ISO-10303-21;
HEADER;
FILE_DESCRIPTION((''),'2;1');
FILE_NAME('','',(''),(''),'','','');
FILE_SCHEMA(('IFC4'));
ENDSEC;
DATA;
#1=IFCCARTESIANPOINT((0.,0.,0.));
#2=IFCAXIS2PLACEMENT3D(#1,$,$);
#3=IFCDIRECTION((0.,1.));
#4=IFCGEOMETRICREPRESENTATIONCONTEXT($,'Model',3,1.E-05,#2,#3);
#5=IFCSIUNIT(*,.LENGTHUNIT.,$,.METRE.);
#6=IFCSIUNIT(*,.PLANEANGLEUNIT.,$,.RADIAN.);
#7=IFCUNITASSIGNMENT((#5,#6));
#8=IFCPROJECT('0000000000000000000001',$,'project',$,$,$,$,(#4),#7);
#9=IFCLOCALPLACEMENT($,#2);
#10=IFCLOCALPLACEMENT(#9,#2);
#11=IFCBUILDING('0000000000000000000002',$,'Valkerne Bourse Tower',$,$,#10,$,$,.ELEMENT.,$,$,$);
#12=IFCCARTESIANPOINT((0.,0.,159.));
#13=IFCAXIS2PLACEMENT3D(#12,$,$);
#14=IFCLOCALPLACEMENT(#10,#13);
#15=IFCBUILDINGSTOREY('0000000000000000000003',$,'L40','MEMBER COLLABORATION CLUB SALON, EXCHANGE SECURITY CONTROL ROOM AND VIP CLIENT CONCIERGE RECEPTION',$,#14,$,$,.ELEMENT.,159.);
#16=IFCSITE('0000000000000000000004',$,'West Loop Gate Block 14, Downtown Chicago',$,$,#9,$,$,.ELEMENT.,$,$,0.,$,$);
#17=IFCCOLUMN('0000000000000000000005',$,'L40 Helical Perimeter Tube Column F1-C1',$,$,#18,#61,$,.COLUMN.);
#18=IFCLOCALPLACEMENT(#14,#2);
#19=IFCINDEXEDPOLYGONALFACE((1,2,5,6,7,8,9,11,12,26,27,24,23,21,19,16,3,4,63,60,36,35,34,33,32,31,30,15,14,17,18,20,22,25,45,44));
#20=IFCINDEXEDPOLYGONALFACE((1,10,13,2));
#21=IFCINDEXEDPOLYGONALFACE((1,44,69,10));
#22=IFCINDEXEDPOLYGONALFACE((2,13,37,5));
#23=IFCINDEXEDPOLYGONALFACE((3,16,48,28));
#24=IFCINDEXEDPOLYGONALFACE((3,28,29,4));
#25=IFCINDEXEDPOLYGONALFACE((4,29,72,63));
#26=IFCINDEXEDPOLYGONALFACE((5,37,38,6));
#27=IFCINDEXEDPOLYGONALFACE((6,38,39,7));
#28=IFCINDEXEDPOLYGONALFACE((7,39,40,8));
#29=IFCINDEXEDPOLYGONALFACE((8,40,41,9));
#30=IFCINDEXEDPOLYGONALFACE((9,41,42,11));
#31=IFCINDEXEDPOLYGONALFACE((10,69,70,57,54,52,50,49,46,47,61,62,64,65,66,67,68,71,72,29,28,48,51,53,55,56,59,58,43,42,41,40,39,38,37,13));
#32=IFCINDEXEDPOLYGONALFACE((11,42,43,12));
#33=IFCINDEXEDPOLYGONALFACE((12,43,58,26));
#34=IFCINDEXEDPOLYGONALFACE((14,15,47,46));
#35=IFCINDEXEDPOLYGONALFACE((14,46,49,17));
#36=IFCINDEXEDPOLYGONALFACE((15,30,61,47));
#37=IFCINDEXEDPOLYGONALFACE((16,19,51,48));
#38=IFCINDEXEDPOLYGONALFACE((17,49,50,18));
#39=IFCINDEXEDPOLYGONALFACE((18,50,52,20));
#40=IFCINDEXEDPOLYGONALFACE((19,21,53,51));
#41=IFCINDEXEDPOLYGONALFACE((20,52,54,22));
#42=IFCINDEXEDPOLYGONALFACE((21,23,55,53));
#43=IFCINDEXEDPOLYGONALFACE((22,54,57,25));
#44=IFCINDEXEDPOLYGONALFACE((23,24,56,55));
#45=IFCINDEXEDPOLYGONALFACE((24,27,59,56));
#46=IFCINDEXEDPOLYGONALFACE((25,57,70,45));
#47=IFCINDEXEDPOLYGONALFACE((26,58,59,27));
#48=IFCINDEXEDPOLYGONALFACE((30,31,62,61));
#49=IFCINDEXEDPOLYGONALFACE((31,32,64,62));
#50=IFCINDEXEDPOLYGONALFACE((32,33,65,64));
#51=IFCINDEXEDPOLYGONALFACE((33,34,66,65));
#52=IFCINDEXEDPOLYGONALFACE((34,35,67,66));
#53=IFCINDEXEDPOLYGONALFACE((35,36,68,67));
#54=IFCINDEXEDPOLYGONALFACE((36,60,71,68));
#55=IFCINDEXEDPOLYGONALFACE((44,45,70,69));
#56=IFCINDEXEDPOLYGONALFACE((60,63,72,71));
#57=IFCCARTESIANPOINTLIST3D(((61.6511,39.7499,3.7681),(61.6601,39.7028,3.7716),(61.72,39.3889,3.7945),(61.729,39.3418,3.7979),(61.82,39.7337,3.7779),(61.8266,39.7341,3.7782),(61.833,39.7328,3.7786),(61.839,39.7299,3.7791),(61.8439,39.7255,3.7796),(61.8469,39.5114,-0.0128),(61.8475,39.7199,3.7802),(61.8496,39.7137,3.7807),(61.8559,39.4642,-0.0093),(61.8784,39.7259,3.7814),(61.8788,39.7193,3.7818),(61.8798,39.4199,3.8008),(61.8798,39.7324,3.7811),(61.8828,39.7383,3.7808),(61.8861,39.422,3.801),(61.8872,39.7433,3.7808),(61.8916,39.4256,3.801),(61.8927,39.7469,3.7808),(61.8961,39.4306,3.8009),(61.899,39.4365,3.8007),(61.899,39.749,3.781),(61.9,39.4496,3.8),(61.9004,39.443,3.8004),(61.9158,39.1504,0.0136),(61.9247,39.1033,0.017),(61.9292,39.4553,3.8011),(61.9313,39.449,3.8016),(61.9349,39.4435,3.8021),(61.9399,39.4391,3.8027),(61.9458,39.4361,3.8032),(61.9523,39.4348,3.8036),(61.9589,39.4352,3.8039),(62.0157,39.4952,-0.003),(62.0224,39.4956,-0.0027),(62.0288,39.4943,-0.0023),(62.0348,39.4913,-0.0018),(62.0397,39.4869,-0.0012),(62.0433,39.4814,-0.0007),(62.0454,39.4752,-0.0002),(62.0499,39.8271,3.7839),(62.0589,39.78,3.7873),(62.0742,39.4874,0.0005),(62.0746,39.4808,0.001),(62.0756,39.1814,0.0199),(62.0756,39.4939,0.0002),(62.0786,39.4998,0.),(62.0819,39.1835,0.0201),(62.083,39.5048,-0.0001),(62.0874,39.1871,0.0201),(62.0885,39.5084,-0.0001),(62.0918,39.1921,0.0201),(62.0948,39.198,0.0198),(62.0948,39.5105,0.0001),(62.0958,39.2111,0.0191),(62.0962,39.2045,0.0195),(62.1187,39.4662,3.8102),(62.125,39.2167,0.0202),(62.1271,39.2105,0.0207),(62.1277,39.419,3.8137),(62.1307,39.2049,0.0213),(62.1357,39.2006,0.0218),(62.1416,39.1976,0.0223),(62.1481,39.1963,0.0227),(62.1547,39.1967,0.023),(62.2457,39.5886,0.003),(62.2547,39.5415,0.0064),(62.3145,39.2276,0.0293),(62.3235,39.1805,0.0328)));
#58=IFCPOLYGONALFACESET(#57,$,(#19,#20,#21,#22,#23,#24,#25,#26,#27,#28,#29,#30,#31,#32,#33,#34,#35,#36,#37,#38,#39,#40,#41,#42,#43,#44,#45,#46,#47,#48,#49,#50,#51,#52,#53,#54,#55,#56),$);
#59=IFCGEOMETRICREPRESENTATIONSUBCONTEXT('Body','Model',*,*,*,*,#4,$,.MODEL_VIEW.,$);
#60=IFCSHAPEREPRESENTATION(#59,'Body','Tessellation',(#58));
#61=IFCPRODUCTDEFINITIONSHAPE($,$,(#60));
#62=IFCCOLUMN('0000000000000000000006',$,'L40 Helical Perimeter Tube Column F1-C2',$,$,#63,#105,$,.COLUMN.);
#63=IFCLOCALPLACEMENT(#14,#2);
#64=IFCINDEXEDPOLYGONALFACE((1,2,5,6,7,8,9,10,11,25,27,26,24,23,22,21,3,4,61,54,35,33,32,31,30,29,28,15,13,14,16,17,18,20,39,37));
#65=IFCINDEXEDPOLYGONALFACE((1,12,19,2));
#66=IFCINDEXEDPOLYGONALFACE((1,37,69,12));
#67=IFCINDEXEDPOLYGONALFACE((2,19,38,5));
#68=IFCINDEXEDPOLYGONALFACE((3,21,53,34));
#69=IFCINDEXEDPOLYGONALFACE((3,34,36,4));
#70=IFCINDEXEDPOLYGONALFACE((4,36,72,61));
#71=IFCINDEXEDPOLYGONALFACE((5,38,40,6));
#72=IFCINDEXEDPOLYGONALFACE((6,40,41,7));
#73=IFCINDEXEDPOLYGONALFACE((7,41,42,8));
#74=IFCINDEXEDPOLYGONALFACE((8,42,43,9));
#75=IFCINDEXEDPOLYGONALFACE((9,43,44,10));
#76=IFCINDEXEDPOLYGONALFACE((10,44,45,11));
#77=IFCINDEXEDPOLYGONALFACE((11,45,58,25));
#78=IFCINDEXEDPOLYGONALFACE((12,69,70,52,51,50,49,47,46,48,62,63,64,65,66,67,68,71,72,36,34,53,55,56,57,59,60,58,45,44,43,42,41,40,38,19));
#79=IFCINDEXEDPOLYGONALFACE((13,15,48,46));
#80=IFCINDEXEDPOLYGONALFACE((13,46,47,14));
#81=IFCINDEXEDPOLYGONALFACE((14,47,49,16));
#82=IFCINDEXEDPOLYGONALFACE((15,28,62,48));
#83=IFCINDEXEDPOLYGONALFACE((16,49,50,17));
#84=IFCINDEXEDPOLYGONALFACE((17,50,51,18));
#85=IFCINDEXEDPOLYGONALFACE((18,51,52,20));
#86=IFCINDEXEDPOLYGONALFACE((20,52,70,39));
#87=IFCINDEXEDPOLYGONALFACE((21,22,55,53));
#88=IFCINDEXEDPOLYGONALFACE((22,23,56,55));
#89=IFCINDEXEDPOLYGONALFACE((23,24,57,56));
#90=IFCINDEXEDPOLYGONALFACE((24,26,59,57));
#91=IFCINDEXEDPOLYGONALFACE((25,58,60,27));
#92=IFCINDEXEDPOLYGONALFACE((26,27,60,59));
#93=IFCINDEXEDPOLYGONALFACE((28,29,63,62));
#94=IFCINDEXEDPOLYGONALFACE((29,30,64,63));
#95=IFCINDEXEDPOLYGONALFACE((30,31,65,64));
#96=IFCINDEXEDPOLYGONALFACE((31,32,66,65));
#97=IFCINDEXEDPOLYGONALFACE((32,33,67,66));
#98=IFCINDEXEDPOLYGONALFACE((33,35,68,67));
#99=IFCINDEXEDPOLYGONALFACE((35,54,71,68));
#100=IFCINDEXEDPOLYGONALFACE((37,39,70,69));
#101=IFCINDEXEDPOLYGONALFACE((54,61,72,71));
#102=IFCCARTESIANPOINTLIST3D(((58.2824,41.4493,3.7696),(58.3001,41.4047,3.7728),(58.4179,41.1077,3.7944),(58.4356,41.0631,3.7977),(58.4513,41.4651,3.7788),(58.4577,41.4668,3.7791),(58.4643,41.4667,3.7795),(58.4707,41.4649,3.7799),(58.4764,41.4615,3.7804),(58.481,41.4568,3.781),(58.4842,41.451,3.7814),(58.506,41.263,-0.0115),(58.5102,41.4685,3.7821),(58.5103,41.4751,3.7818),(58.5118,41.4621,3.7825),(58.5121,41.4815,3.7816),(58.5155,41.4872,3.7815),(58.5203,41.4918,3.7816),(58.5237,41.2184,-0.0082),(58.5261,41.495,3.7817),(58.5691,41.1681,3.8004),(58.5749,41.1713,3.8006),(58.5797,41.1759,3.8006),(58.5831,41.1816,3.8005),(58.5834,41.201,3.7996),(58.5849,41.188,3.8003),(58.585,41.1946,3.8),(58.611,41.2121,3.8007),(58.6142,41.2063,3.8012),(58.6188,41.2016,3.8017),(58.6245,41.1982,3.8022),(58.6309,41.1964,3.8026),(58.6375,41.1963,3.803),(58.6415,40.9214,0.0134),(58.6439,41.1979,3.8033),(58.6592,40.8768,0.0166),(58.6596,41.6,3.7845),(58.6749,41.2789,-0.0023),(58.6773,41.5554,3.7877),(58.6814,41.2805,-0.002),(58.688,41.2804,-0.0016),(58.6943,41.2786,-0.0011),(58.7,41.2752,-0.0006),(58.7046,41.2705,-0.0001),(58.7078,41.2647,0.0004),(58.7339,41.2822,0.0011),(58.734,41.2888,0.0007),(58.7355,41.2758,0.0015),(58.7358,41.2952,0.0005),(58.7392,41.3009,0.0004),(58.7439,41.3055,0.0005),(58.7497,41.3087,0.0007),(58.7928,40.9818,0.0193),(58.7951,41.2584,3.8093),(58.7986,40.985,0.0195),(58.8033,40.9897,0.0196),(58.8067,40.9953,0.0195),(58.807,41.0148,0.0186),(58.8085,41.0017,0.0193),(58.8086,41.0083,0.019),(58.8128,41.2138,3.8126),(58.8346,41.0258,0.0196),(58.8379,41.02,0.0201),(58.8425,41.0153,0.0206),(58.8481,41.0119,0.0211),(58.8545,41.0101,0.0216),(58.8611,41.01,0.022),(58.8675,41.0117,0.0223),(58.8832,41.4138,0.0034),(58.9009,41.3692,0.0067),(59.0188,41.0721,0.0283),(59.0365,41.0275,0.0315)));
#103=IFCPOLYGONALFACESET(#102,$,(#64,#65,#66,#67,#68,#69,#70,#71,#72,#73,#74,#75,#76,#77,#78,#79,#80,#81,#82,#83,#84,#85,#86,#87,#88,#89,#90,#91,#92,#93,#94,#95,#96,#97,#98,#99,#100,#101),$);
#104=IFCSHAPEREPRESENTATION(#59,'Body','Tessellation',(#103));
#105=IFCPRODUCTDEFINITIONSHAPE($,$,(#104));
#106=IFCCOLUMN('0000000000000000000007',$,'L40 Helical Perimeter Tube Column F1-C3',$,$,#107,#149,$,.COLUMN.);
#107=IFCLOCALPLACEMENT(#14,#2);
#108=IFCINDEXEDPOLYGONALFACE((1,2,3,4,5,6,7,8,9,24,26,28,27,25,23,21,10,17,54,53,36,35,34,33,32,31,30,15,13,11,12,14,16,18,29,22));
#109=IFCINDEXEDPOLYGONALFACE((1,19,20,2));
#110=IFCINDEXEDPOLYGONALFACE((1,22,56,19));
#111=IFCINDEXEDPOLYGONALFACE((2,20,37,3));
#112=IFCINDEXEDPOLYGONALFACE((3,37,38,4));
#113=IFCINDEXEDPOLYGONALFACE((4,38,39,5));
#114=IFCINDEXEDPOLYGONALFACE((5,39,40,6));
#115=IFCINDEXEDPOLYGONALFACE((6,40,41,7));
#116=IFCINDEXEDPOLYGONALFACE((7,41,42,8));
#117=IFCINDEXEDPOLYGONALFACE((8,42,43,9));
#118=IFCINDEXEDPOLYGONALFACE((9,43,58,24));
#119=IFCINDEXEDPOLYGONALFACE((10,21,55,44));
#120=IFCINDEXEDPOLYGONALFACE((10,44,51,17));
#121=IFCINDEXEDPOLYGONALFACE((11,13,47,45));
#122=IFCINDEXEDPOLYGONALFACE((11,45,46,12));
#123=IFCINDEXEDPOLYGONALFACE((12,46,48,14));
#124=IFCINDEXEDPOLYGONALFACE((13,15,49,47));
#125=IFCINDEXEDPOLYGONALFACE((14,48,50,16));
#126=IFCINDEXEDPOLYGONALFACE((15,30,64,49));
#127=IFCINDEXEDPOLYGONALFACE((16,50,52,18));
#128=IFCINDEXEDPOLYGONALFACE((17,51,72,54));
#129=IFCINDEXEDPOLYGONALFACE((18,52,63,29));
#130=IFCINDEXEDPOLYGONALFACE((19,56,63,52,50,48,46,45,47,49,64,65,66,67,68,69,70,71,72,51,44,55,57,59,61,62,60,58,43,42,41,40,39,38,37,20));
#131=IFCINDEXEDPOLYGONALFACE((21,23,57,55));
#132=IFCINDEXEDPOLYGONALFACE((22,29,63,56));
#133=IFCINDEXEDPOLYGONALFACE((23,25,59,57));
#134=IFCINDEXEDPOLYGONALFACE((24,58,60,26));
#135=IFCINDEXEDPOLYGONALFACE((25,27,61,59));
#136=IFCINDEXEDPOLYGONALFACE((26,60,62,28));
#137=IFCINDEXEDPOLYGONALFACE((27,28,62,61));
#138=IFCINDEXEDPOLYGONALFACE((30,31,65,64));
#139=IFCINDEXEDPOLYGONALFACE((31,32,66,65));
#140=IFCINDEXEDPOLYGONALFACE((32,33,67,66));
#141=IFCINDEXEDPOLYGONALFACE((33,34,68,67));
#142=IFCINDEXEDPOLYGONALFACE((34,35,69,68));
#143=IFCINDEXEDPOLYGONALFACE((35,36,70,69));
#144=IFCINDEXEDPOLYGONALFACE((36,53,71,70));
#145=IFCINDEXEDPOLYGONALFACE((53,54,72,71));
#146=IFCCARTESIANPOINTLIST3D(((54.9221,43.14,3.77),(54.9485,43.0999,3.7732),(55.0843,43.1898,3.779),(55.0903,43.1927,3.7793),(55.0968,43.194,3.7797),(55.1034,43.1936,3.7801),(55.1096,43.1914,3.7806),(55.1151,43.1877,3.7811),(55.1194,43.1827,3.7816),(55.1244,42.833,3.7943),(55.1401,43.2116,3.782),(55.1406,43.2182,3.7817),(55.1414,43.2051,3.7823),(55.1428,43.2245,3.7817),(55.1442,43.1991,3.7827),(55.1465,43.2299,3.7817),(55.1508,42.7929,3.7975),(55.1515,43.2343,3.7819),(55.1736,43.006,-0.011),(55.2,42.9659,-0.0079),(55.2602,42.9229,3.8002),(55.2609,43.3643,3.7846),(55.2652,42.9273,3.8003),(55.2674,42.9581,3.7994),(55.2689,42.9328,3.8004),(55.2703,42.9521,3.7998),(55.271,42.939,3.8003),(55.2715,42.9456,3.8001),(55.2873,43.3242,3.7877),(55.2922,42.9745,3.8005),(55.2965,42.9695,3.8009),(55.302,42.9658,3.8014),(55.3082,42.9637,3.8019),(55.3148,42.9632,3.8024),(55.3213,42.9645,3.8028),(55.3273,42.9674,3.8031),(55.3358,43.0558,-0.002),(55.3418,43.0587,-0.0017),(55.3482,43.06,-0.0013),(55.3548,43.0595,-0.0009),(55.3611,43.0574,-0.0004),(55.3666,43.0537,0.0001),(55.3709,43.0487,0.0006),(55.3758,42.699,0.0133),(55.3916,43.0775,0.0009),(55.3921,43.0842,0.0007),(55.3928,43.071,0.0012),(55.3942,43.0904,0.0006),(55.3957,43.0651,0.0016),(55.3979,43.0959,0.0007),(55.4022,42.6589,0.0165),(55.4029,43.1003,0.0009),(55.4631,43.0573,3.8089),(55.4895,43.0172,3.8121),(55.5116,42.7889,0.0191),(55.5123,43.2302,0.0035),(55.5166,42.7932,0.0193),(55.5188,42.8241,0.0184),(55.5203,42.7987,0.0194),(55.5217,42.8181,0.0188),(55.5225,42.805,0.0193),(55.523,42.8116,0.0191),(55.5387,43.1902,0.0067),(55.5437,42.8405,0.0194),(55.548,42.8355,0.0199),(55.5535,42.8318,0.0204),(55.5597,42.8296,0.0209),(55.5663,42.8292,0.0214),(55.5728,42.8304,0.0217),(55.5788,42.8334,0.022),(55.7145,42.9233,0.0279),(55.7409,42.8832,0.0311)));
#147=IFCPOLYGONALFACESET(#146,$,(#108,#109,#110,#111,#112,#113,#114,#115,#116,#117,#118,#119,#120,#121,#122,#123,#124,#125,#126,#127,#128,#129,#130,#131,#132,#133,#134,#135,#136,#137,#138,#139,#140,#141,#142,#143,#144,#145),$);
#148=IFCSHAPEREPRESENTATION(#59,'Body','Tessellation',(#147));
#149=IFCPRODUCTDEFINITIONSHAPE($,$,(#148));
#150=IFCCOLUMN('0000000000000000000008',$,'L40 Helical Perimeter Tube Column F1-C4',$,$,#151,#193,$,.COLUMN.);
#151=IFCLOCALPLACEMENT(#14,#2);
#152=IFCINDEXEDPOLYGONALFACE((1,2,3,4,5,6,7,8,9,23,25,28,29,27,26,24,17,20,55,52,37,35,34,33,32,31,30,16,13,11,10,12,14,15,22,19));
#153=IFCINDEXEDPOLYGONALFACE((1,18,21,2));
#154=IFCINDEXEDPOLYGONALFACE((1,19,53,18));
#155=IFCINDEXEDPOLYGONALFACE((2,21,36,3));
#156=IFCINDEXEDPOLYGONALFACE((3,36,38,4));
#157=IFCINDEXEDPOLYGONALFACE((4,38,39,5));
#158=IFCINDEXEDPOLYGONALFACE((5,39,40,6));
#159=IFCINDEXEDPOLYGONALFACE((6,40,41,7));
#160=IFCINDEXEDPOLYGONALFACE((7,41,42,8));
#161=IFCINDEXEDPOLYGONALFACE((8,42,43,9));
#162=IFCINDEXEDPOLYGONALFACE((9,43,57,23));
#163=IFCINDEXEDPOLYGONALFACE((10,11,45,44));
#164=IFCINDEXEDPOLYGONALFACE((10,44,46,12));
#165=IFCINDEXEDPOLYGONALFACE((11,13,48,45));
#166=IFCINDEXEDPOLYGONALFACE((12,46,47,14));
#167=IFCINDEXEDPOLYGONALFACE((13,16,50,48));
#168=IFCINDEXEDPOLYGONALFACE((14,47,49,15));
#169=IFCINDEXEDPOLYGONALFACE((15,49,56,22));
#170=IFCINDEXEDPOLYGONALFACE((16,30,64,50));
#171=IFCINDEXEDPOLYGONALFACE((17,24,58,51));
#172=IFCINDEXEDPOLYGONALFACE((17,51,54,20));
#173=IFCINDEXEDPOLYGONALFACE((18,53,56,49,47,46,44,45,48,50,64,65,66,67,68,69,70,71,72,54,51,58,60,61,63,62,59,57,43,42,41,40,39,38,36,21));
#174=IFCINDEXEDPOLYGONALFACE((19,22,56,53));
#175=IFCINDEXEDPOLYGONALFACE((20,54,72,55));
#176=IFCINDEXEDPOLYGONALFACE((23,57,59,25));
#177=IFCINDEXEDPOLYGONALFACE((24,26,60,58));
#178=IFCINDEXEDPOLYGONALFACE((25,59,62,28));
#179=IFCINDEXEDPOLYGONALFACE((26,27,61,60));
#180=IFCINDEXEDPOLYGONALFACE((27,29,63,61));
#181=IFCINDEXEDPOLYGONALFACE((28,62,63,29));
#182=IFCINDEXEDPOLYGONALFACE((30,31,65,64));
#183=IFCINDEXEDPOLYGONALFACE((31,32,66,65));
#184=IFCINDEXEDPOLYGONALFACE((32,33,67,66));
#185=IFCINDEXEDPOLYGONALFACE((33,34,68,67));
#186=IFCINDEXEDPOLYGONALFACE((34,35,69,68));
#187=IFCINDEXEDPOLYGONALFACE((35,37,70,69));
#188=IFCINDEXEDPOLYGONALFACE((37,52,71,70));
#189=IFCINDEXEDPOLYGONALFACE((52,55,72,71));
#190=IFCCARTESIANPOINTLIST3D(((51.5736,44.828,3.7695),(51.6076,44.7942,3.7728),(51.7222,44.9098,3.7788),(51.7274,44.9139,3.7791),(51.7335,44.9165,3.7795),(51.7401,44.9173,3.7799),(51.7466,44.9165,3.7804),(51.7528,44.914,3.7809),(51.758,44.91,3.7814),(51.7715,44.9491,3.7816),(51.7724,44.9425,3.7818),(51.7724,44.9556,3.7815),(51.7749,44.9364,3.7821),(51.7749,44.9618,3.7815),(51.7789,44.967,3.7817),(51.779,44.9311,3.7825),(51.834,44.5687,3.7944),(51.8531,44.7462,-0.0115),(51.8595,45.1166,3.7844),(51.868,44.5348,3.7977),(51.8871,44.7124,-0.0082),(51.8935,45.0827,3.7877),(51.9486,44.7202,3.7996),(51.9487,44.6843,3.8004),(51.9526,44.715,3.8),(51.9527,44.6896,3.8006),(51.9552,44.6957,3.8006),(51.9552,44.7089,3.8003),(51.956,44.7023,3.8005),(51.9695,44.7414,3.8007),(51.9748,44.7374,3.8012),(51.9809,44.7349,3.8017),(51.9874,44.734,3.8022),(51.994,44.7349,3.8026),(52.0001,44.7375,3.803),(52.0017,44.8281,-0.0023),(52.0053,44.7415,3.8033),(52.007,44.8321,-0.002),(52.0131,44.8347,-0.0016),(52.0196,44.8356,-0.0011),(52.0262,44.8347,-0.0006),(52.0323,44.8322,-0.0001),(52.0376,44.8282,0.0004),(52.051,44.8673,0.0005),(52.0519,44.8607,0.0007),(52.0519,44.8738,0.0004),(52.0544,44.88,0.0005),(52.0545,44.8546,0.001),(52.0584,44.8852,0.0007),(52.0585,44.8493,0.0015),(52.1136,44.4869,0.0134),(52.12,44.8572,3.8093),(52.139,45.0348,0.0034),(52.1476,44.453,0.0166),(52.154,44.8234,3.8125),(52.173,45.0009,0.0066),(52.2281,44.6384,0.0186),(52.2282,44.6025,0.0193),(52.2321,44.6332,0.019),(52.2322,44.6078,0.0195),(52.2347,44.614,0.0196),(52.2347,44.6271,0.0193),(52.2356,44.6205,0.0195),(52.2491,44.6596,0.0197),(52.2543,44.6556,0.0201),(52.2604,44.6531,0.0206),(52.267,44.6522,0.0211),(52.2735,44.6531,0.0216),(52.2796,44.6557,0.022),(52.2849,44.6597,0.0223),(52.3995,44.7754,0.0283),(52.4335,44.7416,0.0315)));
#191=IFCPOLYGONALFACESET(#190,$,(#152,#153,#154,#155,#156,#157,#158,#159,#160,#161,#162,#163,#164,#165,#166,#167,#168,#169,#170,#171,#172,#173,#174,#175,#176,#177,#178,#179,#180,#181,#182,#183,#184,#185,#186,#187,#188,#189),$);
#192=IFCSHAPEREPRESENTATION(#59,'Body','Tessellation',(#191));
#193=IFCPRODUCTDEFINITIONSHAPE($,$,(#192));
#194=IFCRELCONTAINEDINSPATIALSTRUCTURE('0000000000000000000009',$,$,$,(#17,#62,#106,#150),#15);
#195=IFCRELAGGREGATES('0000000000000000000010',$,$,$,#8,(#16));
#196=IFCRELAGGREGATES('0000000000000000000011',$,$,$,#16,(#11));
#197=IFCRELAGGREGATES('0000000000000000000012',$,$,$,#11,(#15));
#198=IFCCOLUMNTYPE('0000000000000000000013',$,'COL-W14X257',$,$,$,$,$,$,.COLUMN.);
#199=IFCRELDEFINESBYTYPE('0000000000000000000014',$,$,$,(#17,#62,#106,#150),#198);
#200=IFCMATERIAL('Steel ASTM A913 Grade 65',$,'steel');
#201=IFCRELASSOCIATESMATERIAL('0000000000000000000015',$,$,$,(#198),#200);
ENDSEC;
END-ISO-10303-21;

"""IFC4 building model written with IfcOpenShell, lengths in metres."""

from ifc_helpers import new_model, si_unit, direction, frame, origin, origin_2d, place, context, subcontext, project, spatial, i_section, extrude, material, material_profile, profile_set, type_object, element, save


model = new_model("IFC4")

# Units and contexts
model_context = context("Model", 3, precision=1e-05, world=origin(), true_north=direction((0.0, 1.0)))
body_context = subcontext(model_context, "Body", "Model", "MODEL_VIEW")
ifc_project = project(units=[si_unit("LENGTHUNIT", "METRE"), si_unit("PLANEANGLEUNIT", "RADIAN")], contexts=[model_context])

# Site, building, storey
site_placement = place(None, origin())
site = spatial("IfcSite", under=ifc_project, at=site_placement, Name="West Loop Gate Block 14, Downtown Chicago", CompositionType="ELEMENT", RefElevation=0.0)
building_placement = place(site_placement, origin())
building = spatial("IfcBuilding", under=site, at=building_placement, Name="Valkerne Bourse Tower", CompositionType="ELEMENT")
storey_placement = place(building_placement, frame((0.0, 0.0, 159.0)))
storey = spatial("IfcBuildingStorey", under=building, at=storey_placement, Name="L40", Description="MEMBER COLLABORATION CLUB SALON, EXCHANGE SECURITY CONTROL ROOM AND VIP CLIENT CONCIERGE RECEPTION", CompositionType="ELEMENT", Elevation=159.0)

# Columns
ifc_material_1 = material(Name="Steel ASTM A913 Grade 65", Category="steel")
ifc_material_profile_1 = material_profile(ifc_material_1, i_section(OverallWidth=0.4065, OverallDepth=0.4165, WebThickness=0.0298, FlangeThickness=0.0481, FilletRadius=0.0254, at=origin_2d()), Name="W14X257")
ifc_profile_set_1 = profile_set([ifc_material_profile_1], Name="Steel ASTM A913 Grade 65")
column_type = type_object("IfcColumnType", Name="COL-W14X257", PredefinedType="COLUMN", material=ifc_profile_set_1)
column_1_placement = place(storey_placement, frame((62.0852, 39.3459, 0.01), z_axis=(-0.051614, 0.062876, 0.996686), x_axis=(0.981015, 0.190007, 0.038816)))
element("IfcColumn", 1, at=column_1_placement, inside=storey, type_object=column_type, Name="L40 Helical Perimeter Tube Column F1-C1", PredefinedType="COLUMN", context=body_context, shape_type="SweptSolid", body=[
    extrude(i_section(OverallWidth=0.4065, OverallDepth=0.4165, WebThickness=0.0298, FlangeThickness=0.0481, FilletRadius=0.0254, at=origin_2d()), origin(), (0.0, 0.0, 1.0), 3.7935),
])
column_2_placement = place(storey_placement, frame((58.7712, 41.1453, 0.01), z_axis=(-0.058972, 0.049122, 0.99705), x_axis=(0.928008, 0.370757, 0.036622)))
element("IfcColumn", 2, at=column_2_placement, inside=storey, type_object=column_type, Name="L40 Helical Perimeter Tube Column F1-C2", PredefinedType="COLUMN", context=body_context, shape_type="SweptSolid", body=[
    extrude(i_section(OverallWidth=0.4065, OverallDepth=0.4165, WebThickness=0.0298, FlangeThickness=0.0481, FilletRadius=0.0254, at=origin_2d()), origin(), (0.0, 0.0, 1.0), 3.7922),
])
column_3_placement = place(storey_placement, frame((55.4573, 42.9446, 0.01), z_axis=(-0.066319, 0.035349, 0.997172), x_axis=(0.833254, 0.551727, 0.035859)))
element("IfcColumn", 3, at=column_3_placement, inside=storey, type_object=column_type, Name="L40 Helical Perimeter Tube Column F1-C3", PredefinedType="COLUMN", context=body_context, shape_type="SweptSolid", body=[
    extrude(i_section(OverallWidth=0.4065, OverallDepth=0.4165, WebThickness=0.0298, FlangeThickness=0.0481, FilletRadius=0.0254, at=origin_2d()), origin(), (0.0, 0.0, 1.0), 3.7917),
])
column_4_placement = place(storey_placement, frame((52.1433, 44.7439, 0.01), z_axis=(-0.073715, 0.021567, 0.997046), x_axis=(0.703383, 0.709865, 0.036648)))
element("IfcColumn", 4, at=column_4_placement, inside=storey, type_object=column_type, Name="L40 Helical Perimeter Tube Column F1-C4", PredefinedType="COLUMN", context=body_context, shape_type="SweptSolid", body=[
    extrude(i_section(OverallWidth=0.4065, OverallDepth=0.4165, WebThickness=0.0298, FlangeThickness=0.0481, FilletRadius=0.0254, at=origin_2d()), origin(), (0.0, 0.0, 1.0), 3.7922),
])

save(model, "model.ifc")
